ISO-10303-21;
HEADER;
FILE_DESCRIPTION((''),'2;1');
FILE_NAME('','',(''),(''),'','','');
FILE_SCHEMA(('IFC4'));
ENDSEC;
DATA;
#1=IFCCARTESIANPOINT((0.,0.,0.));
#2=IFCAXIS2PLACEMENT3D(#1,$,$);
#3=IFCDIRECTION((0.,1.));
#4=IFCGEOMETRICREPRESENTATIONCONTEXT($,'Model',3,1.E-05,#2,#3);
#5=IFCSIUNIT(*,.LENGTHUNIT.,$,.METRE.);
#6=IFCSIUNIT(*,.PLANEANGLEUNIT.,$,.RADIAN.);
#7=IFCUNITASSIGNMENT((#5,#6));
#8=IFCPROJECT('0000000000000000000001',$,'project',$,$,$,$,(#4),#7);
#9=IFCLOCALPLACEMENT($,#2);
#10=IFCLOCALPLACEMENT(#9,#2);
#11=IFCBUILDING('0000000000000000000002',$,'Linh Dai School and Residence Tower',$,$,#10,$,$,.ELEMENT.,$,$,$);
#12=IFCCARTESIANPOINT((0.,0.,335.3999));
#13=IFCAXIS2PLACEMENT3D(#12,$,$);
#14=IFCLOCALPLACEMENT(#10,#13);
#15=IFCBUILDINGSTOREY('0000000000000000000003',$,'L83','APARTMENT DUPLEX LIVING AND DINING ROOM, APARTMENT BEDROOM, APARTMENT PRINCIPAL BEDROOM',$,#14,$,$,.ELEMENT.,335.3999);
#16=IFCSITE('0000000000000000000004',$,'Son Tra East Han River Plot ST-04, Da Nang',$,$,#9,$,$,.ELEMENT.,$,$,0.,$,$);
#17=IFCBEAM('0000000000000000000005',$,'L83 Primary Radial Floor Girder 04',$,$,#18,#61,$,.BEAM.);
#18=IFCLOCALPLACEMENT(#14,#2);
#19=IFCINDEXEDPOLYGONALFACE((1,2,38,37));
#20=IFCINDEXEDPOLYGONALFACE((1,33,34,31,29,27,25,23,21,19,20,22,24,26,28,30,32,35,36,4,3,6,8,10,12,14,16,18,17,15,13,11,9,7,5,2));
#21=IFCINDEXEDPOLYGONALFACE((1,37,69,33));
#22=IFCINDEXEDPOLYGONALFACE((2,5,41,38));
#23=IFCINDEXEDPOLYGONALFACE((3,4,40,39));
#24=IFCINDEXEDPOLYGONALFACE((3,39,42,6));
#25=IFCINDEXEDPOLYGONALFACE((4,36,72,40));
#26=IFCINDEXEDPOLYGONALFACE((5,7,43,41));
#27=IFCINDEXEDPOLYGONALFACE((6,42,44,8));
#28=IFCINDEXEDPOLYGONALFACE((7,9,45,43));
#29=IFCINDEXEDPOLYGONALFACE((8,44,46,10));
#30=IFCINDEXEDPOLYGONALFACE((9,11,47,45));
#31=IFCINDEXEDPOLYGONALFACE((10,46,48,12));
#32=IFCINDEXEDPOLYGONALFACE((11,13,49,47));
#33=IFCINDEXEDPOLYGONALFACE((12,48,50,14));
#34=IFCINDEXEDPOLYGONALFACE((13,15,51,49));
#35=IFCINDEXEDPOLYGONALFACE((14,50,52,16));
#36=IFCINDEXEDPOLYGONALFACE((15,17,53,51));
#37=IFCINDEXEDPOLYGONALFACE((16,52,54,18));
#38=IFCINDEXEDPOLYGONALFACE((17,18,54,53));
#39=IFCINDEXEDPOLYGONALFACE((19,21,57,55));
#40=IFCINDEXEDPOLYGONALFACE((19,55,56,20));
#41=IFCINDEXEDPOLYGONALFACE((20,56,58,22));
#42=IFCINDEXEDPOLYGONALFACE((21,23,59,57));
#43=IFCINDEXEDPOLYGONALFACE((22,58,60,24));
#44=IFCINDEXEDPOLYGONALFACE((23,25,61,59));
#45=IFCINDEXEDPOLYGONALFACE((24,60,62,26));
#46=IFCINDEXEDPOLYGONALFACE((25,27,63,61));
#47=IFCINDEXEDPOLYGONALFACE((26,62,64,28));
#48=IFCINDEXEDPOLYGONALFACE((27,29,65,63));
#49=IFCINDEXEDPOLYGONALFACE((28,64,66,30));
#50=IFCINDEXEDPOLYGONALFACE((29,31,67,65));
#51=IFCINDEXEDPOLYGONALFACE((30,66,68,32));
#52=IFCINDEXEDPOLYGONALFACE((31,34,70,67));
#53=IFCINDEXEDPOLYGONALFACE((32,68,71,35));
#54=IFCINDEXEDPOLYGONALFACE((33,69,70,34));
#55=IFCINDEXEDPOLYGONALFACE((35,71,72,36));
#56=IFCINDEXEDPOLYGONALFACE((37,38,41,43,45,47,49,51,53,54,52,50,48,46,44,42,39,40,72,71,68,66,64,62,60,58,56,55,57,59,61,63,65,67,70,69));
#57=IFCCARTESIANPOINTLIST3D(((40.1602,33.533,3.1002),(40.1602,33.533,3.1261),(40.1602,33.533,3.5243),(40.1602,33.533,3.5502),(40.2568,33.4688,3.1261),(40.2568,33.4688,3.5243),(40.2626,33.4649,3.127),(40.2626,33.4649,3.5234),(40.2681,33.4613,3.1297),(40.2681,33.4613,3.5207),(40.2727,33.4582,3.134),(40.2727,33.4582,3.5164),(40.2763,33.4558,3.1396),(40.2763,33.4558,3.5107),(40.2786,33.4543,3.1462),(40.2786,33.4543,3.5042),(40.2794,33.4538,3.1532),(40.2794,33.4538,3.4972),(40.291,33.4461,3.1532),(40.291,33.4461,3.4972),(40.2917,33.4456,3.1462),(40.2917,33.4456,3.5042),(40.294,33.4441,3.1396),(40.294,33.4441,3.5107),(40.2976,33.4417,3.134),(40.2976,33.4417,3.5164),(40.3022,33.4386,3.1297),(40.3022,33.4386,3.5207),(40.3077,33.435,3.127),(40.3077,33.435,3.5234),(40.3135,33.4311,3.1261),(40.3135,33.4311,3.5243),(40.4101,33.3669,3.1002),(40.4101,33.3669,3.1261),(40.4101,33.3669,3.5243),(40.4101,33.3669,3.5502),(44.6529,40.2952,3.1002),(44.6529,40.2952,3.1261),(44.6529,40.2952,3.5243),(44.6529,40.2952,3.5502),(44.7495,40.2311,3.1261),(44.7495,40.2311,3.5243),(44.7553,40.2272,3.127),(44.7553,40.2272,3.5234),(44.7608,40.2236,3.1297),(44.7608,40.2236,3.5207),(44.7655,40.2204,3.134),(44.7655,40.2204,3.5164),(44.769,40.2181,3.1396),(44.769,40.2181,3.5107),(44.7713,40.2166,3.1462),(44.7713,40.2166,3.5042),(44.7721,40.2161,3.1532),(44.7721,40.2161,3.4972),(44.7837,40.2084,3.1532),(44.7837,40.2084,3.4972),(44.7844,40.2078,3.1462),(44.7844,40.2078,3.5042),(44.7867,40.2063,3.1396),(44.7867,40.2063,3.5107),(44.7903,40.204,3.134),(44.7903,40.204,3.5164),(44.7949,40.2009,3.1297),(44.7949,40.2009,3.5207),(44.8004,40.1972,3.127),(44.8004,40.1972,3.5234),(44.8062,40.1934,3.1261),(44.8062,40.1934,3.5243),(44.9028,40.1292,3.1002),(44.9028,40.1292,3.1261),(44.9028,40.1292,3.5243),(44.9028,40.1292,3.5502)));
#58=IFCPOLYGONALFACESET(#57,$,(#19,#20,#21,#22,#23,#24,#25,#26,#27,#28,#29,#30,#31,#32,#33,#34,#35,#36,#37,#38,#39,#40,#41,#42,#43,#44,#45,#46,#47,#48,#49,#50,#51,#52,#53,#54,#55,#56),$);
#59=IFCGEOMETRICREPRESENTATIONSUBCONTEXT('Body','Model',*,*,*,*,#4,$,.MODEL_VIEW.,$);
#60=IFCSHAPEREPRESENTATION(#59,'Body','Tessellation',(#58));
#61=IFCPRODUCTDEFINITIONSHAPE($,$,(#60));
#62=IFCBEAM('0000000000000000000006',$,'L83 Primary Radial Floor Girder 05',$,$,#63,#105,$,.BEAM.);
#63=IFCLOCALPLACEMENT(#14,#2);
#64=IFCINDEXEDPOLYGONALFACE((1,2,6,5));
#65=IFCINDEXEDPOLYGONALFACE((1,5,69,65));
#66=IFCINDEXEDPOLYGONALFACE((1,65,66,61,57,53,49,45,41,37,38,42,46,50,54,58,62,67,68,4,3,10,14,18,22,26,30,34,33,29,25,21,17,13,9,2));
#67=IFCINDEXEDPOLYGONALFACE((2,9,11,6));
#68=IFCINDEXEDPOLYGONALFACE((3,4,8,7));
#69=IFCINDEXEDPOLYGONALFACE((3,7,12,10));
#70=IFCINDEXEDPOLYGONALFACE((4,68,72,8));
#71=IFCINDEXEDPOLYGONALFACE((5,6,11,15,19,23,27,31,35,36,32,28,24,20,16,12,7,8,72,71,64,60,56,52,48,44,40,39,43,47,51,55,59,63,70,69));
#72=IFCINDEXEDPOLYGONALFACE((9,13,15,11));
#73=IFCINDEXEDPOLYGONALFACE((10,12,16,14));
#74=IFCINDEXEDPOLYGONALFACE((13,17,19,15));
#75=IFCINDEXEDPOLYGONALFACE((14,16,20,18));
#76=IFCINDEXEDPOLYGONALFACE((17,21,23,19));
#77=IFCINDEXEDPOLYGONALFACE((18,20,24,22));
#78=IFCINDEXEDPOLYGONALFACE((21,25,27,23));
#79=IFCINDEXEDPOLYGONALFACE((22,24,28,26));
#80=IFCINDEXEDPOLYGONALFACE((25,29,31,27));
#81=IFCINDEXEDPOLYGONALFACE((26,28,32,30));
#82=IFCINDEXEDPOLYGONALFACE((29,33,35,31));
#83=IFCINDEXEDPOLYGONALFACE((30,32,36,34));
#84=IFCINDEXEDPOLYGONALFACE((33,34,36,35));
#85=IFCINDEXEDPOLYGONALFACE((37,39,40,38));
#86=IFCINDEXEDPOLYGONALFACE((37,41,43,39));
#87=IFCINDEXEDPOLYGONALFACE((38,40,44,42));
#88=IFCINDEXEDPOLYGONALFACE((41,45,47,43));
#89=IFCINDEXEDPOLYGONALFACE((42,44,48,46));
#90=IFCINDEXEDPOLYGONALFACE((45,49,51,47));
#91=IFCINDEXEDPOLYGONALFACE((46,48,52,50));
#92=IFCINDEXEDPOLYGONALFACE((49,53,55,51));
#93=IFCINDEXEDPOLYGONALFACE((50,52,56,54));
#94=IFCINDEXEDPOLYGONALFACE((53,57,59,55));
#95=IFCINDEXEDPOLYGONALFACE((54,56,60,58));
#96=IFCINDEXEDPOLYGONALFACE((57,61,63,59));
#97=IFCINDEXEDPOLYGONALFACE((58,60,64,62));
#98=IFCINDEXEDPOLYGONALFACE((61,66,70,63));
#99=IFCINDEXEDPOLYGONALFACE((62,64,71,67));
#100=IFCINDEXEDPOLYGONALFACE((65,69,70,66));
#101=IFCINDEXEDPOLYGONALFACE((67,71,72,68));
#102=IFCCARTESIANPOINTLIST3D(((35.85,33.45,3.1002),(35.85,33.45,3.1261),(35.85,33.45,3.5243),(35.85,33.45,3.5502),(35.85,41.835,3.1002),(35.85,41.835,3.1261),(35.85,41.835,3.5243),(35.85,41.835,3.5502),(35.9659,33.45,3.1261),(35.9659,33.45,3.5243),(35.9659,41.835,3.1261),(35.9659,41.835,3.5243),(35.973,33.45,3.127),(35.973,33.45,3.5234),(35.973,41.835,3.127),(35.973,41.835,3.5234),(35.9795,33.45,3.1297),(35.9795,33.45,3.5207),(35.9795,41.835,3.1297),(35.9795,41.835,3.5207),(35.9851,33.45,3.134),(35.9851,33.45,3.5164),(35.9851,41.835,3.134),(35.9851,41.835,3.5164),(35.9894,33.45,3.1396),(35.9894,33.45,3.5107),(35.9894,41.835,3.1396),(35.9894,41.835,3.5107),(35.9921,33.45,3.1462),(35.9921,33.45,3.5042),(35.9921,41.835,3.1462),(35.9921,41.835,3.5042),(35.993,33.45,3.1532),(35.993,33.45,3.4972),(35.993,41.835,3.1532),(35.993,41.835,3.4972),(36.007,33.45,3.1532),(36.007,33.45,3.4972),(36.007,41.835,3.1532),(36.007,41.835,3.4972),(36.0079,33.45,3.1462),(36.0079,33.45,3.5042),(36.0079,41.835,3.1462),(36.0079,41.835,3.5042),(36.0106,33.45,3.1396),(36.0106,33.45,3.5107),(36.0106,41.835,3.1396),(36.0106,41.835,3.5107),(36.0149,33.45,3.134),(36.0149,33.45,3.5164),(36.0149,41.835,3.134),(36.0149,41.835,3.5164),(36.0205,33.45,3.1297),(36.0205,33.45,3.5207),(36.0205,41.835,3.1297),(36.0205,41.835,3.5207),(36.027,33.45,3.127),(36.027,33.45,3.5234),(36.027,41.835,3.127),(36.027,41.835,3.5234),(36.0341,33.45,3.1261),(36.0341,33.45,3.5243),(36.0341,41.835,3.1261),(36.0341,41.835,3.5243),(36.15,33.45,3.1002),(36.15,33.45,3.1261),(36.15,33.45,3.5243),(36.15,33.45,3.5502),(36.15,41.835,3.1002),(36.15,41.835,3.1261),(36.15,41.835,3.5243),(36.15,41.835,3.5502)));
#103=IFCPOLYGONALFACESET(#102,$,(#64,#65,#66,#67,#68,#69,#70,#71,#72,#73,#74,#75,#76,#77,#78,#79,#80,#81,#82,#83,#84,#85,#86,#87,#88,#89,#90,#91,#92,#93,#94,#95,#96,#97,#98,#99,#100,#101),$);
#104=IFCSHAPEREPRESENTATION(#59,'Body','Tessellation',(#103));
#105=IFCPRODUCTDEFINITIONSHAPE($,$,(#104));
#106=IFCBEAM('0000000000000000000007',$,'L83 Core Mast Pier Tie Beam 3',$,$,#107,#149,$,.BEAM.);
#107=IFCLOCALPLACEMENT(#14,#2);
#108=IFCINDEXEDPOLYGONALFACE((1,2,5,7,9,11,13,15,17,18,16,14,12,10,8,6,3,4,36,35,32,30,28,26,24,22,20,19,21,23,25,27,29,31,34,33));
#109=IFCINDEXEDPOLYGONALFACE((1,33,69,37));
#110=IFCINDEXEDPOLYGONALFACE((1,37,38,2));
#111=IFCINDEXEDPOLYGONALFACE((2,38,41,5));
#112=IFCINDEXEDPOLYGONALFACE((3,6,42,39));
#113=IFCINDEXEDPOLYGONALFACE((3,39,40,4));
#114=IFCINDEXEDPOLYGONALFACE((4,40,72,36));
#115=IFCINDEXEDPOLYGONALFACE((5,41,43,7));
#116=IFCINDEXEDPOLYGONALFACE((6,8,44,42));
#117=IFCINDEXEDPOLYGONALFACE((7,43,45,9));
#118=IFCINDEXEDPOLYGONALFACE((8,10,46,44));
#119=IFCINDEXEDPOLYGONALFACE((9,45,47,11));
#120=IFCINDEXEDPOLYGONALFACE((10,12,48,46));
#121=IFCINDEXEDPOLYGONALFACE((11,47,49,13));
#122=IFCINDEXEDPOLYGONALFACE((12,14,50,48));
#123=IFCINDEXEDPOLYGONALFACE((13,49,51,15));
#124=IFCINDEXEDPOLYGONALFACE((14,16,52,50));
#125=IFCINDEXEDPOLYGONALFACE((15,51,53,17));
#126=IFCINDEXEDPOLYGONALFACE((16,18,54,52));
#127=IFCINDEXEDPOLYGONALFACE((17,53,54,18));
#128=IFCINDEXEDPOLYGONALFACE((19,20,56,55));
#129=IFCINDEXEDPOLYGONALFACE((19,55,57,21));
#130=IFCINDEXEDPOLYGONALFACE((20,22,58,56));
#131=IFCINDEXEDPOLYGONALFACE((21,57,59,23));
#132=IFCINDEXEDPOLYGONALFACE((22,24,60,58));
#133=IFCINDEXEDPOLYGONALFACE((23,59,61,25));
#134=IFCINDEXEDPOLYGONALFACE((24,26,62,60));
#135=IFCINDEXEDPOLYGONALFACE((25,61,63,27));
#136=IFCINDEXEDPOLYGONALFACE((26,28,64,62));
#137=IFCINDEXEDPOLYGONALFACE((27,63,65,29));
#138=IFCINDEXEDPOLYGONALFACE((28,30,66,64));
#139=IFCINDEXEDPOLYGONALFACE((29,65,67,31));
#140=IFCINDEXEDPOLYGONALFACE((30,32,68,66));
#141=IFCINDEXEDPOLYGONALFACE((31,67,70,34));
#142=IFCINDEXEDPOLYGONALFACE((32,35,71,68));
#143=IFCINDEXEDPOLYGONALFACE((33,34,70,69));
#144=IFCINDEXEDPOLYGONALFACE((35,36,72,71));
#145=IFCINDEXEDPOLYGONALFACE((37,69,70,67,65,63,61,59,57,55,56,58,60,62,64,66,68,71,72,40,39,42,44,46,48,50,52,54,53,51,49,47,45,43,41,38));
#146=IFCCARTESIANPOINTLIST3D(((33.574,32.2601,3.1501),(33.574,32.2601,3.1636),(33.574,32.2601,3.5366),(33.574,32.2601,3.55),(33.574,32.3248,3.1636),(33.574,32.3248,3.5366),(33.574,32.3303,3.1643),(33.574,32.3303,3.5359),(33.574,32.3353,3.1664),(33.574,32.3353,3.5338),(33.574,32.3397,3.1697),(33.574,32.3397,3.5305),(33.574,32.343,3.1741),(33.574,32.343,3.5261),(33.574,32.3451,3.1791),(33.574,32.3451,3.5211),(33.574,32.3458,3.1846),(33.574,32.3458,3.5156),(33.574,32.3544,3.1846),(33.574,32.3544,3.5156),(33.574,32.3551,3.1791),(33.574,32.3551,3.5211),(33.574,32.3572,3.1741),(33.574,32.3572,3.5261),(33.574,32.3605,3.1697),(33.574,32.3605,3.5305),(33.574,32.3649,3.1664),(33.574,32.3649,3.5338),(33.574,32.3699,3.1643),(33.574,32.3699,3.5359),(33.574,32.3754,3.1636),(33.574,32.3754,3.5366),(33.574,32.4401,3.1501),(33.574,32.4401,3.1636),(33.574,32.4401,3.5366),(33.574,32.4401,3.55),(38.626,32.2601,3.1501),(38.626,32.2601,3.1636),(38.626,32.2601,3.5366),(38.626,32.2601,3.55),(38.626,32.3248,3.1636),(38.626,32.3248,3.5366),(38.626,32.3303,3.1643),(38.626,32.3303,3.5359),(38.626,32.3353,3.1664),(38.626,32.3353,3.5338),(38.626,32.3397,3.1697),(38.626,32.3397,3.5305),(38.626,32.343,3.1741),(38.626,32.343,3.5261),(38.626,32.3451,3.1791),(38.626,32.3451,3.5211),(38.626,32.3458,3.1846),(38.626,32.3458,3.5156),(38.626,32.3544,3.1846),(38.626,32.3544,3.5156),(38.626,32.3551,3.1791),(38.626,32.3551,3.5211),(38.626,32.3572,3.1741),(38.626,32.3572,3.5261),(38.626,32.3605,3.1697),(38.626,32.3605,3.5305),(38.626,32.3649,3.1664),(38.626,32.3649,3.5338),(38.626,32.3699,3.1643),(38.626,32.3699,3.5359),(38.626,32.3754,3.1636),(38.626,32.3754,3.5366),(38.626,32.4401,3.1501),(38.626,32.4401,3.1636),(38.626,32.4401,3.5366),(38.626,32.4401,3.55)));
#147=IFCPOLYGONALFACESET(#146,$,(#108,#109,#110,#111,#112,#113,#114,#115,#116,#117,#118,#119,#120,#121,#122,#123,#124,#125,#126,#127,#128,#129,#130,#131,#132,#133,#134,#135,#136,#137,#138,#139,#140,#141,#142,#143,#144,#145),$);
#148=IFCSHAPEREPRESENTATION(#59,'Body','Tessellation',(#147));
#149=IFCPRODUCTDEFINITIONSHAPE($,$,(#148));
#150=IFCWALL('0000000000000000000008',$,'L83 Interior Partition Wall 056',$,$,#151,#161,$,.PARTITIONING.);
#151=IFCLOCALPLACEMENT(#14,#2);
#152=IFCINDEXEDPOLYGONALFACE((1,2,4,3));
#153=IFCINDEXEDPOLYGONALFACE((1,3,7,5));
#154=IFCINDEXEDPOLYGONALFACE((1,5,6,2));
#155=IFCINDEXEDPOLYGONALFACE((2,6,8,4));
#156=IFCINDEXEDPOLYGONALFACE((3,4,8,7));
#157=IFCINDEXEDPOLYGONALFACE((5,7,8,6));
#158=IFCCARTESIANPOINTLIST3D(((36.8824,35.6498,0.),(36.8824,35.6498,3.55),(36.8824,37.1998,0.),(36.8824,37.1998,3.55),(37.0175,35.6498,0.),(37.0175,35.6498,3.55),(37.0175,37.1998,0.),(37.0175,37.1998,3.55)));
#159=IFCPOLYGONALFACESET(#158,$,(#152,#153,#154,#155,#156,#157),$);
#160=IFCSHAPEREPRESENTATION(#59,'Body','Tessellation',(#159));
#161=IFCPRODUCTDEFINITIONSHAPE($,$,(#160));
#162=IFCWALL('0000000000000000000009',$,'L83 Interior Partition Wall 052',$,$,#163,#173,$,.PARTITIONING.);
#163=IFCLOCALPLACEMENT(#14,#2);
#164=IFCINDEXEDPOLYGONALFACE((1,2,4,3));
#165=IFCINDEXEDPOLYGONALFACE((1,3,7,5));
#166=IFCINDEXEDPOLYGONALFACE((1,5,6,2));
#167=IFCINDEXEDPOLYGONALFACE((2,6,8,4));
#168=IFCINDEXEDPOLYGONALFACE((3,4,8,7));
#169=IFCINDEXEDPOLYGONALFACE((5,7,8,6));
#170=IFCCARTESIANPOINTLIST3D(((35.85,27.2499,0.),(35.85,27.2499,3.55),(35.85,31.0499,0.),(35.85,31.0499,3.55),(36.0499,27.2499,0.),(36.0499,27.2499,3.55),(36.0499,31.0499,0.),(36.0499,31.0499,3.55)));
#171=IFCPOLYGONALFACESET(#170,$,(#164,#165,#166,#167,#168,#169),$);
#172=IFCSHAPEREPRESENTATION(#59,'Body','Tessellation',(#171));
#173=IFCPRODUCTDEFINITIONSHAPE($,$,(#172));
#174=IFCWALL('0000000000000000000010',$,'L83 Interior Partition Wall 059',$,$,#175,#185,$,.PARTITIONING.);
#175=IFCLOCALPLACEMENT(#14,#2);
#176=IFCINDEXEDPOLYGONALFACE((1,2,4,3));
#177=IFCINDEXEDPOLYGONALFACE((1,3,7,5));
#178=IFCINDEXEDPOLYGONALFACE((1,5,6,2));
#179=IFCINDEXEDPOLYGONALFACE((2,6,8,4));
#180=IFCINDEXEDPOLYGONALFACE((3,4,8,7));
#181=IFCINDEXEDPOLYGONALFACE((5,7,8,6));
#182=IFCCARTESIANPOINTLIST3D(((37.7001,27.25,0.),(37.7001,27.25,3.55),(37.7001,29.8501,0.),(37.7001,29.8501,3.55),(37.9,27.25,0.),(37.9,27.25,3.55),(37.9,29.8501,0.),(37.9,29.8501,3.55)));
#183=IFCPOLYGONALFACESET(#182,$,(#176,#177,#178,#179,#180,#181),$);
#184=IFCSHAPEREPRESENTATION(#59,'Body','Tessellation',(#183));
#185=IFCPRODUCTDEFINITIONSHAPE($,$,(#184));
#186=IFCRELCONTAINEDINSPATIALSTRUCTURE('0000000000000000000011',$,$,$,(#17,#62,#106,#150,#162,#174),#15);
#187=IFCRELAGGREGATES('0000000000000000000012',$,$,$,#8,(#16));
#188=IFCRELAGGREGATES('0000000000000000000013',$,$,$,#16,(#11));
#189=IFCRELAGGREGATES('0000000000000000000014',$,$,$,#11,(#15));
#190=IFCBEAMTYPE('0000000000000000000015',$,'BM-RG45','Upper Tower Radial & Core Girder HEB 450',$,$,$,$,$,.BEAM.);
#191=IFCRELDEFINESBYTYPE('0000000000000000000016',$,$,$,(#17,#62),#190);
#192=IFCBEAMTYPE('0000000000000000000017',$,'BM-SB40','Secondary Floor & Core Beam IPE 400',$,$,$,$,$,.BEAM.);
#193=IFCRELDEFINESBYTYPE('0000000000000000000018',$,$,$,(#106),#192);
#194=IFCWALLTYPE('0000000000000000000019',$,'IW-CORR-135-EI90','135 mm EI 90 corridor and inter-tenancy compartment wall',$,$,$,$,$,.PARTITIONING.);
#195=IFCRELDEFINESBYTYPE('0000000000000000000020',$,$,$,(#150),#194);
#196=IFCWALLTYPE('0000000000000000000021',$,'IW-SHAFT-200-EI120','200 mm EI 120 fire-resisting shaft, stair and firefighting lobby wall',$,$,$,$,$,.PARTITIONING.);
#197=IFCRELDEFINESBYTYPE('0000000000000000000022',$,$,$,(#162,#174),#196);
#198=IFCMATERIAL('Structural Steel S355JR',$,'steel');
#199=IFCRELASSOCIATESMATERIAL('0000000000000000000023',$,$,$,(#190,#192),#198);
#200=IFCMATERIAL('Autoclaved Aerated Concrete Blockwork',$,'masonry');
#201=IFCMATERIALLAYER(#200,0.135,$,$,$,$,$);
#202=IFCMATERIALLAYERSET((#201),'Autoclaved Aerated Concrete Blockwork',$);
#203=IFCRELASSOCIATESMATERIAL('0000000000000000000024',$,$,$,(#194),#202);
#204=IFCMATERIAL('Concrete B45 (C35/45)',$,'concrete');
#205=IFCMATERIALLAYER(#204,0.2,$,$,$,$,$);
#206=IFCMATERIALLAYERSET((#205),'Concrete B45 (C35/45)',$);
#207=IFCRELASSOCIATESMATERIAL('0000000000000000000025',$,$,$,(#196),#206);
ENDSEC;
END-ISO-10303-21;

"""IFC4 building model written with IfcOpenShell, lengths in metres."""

from ifc_helpers import new_model, si_unit, direction, frame, frame_2d, origin, origin_2d, place, context, subcontext, project, spatial, rectangle, i_section, extrude, material, layer, layer_set, material_profile, profile_set, type_object, element, save


model = new_model("IFC4")

# Units and contexts
model_context = context("Model", 3, precision=1e-05, world=origin(), true_north=direction((0.0, 1.0)))
body_context = subcontext(model_context, "Body", "Model", "MODEL_VIEW")
ifc_project = project(units=[si_unit("LENGTHUNIT", "METRE"), si_unit("PLANEANGLEUNIT", "RADIAN")], contexts=[model_context])

# Site, building, storey
site_placement = place(None, origin())
site = spatial("IfcSite", under=ifc_project, at=site_placement, Name="Son Tra East Han River Plot ST-04, Da Nang", CompositionType="ELEMENT", RefElevation=0.0)
building_placement = place(site_placement, origin())
building = spatial("IfcBuilding", under=site, at=building_placement, Name="Linh Dai School and Residence Tower", CompositionType="ELEMENT")
storey_placement = place(building_placement, frame((0.0, 0.0, 335.3999)))
storey = spatial("IfcBuildingStorey", under=building, at=storey_placement, Name="L83", Description="APARTMENT DUPLEX LIVING AND DINING ROOM, APARTMENT BEDROOM, APARTMENT PRINCIPAL BEDROOM", CompositionType="ELEMENT", Elevation=335.3999)

# Shared definitions
ifc_material_1 = material(Name="Structural Steel S355JR", Category="steel")

# Beams
ifc_material_profile_1 = material_profile(ifc_material_1, i_section(OverallWidth=0.3, OverallDepth=0.45, WebThickness=0.0139, FlangeThickness=0.0259, FilletRadius=0.0271, at=origin_2d()), Name="HEB 450")
ifc_profile_set_1 = profile_set([ifc_material_profile_1], Name="Structural Steel S355JR")
beam_type_1 = type_object("IfcBeamType", Name="BM-RG45", Description="Upper Tower Radial & Core Girder HEB 450", PredefinedType="BEAM", material=ifc_profile_set_1)
beam_1_placement = place(storey_placement, frame((40.2852, 33.45, 3.3252), z_axis=(0.553381, 0.832928, 0.0), x_axis=(-0.832928, 0.553381, 0.0)))
element("IfcBeam", 1, at=beam_1_placement, inside=storey, type_object=beam_type_1, Name="L83 Primary Radial Floor Girder 04", PredefinedType="BEAM", context=body_context, shape_type="SweptSolid", body=[
    extrude(i_section(OverallWidth=0.3, OverallDepth=0.45, WebThickness=0.0139, FlangeThickness=0.0259, FilletRadius=0.0271, at=origin_2d()), origin(), (0.0, 0.0, 1.0), 8.1187),
])
beam_2_placement = place(storey_placement, frame((36.0, 33.45, 3.3252), z_axis=(0.0, 1.0, 0.0), x_axis=(-1.0, 0.0, 0.0)))
element("IfcBeam", 2, at=beam_2_placement, inside=storey, type_object=beam_type_1, Name="L83 Primary Radial Floor Girder 05", PredefinedType="BEAM", context=body_context, shape_type="SweptSolid", body=[
    extrude(i_section(OverallWidth=0.3, OverallDepth=0.45, WebThickness=0.0139, FlangeThickness=0.0259, FilletRadius=0.0271, at=origin_2d()), origin(), (0.0, 0.0, 1.0), 8.385),
])
ifc_material_profile_2 = material_profile(ifc_material_1, i_section(OverallWidth=0.1799, OverallDepth=0.3999, WebThickness=0.0085, FlangeThickness=0.0134, FilletRadius=0.021, at=origin_2d()), Name="IPE 400")
ifc_profile_set_2 = profile_set([ifc_material_profile_2], Name="Structural Steel S355JR")
beam_type_2 = type_object("IfcBeamType", Name="BM-SB40", Description="Secondary Floor & Core Beam IPE 400", PredefinedType="BEAM", material=ifc_profile_set_2)
beam_3_placement = place(storey_placement, frame((38.626, 32.3501, 3.3501), z_axis=(-1.0, 0.0, 0.0), x_axis=(0.0, -1.0, 0.0)))
element("IfcBeam", 3, at=beam_3_placement, inside=storey, type_object=beam_type_2, Name="L83 Core Mast Pier Tie Beam 3", PredefinedType="BEAM", context=body_context, shape_type="SweptSolid", body=[
    extrude(i_section(OverallWidth=0.1799, OverallDepth=0.3999, WebThickness=0.0085, FlangeThickness=0.0134, FilletRadius=0.021, at=origin_2d()), origin(), (0.0, 0.0, 1.0), 5.052),
])

# Walls
ifc_material_2 = material(Name="Autoclaved Aerated Concrete Blockwork", Category="masonry")
ifc_layer_1 = layer(ifc_material_2, 0.135)
ifc_layer_set_1 = layer_set([ifc_layer_1], Name="Autoclaved Aerated Concrete Blockwork")
wall_type_1 = type_object("IfcWallType", Name="IW-CORR-135-EI90", Description="135 mm EI 90 corridor and inter-tenancy compartment wall", PredefinedType="PARTITIONING", material=ifc_layer_set_1)
wall_1_placement = place(storey_placement, frame((36.95, 35.6499, 0.0), z_axis=(0.0, 0.0, 1.0), x_axis=(0.0, 1.0, 0.0)))
element("IfcWall", 4, at=wall_1_placement, inside=storey, type_object=wall_type_1, Name="L83 Interior Partition Wall 056", PredefinedType="PARTITIONING", context=body_context, shape_type="SweptSolid", body=[
    extrude(rectangle(XDim=1.55, YDim=0.135, at=frame_2d((0.7749, 0.0))), origin(), (0.0, 0.0, 1.0), 3.55),
])
ifc_material_3 = material(Name="Concrete B45 (C35/45)", Category="concrete")
ifc_layer_2 = layer(ifc_material_3, 0.2)
ifc_layer_set_2 = layer_set([ifc_layer_2], Name="Concrete B45 (C35/45)")
wall_type_2 = type_object("IfcWallType", Name="IW-SHAFT-200-EI120", Description="200 mm EI 120 fire-resisting shaft, stair and firefighting lobby wall", PredefinedType="PARTITIONING", material=ifc_layer_set_2)
wall_2_placement = place(storey_placement, frame((35.95, 27.25, 0.0), z_axis=(0.0, 0.0, 1.0), x_axis=(0.0, 1.0, 0.0)))
element("IfcWall", 5, at=wall_2_placement, inside=storey, type_object=wall_type_2, Name="L83 Interior Partition Wall 052", PredefinedType="PARTITIONING", context=body_context, shape_type="SweptSolid", body=[
    extrude(rectangle(XDim=3.8, YDim=0.2, at=frame_2d((1.8999, 0.0))), origin(), (0.0, 0.0, 1.0), 3.55),
])

# Wall
wall_3_placement = place(storey_placement, frame((37.8, 27.25, 0.0), z_axis=(0.0, 0.0, 1.0), x_axis=(0.0, 1.0, 0.0)))
element("IfcWall", 6, at=wall_3_placement, inside=storey, type_object=wall_type_2, Name="L83 Interior Partition Wall 059", PredefinedType="PARTITIONING", context=body_context, shape_type="SweptSolid", body=[
    extrude(rectangle(XDim=2.6001, YDim=0.2, at=frame_2d((1.3, 0.0))), origin(), (0.0, 0.0, 1.0), 3.55),
])

save(model, "model.ifc")
